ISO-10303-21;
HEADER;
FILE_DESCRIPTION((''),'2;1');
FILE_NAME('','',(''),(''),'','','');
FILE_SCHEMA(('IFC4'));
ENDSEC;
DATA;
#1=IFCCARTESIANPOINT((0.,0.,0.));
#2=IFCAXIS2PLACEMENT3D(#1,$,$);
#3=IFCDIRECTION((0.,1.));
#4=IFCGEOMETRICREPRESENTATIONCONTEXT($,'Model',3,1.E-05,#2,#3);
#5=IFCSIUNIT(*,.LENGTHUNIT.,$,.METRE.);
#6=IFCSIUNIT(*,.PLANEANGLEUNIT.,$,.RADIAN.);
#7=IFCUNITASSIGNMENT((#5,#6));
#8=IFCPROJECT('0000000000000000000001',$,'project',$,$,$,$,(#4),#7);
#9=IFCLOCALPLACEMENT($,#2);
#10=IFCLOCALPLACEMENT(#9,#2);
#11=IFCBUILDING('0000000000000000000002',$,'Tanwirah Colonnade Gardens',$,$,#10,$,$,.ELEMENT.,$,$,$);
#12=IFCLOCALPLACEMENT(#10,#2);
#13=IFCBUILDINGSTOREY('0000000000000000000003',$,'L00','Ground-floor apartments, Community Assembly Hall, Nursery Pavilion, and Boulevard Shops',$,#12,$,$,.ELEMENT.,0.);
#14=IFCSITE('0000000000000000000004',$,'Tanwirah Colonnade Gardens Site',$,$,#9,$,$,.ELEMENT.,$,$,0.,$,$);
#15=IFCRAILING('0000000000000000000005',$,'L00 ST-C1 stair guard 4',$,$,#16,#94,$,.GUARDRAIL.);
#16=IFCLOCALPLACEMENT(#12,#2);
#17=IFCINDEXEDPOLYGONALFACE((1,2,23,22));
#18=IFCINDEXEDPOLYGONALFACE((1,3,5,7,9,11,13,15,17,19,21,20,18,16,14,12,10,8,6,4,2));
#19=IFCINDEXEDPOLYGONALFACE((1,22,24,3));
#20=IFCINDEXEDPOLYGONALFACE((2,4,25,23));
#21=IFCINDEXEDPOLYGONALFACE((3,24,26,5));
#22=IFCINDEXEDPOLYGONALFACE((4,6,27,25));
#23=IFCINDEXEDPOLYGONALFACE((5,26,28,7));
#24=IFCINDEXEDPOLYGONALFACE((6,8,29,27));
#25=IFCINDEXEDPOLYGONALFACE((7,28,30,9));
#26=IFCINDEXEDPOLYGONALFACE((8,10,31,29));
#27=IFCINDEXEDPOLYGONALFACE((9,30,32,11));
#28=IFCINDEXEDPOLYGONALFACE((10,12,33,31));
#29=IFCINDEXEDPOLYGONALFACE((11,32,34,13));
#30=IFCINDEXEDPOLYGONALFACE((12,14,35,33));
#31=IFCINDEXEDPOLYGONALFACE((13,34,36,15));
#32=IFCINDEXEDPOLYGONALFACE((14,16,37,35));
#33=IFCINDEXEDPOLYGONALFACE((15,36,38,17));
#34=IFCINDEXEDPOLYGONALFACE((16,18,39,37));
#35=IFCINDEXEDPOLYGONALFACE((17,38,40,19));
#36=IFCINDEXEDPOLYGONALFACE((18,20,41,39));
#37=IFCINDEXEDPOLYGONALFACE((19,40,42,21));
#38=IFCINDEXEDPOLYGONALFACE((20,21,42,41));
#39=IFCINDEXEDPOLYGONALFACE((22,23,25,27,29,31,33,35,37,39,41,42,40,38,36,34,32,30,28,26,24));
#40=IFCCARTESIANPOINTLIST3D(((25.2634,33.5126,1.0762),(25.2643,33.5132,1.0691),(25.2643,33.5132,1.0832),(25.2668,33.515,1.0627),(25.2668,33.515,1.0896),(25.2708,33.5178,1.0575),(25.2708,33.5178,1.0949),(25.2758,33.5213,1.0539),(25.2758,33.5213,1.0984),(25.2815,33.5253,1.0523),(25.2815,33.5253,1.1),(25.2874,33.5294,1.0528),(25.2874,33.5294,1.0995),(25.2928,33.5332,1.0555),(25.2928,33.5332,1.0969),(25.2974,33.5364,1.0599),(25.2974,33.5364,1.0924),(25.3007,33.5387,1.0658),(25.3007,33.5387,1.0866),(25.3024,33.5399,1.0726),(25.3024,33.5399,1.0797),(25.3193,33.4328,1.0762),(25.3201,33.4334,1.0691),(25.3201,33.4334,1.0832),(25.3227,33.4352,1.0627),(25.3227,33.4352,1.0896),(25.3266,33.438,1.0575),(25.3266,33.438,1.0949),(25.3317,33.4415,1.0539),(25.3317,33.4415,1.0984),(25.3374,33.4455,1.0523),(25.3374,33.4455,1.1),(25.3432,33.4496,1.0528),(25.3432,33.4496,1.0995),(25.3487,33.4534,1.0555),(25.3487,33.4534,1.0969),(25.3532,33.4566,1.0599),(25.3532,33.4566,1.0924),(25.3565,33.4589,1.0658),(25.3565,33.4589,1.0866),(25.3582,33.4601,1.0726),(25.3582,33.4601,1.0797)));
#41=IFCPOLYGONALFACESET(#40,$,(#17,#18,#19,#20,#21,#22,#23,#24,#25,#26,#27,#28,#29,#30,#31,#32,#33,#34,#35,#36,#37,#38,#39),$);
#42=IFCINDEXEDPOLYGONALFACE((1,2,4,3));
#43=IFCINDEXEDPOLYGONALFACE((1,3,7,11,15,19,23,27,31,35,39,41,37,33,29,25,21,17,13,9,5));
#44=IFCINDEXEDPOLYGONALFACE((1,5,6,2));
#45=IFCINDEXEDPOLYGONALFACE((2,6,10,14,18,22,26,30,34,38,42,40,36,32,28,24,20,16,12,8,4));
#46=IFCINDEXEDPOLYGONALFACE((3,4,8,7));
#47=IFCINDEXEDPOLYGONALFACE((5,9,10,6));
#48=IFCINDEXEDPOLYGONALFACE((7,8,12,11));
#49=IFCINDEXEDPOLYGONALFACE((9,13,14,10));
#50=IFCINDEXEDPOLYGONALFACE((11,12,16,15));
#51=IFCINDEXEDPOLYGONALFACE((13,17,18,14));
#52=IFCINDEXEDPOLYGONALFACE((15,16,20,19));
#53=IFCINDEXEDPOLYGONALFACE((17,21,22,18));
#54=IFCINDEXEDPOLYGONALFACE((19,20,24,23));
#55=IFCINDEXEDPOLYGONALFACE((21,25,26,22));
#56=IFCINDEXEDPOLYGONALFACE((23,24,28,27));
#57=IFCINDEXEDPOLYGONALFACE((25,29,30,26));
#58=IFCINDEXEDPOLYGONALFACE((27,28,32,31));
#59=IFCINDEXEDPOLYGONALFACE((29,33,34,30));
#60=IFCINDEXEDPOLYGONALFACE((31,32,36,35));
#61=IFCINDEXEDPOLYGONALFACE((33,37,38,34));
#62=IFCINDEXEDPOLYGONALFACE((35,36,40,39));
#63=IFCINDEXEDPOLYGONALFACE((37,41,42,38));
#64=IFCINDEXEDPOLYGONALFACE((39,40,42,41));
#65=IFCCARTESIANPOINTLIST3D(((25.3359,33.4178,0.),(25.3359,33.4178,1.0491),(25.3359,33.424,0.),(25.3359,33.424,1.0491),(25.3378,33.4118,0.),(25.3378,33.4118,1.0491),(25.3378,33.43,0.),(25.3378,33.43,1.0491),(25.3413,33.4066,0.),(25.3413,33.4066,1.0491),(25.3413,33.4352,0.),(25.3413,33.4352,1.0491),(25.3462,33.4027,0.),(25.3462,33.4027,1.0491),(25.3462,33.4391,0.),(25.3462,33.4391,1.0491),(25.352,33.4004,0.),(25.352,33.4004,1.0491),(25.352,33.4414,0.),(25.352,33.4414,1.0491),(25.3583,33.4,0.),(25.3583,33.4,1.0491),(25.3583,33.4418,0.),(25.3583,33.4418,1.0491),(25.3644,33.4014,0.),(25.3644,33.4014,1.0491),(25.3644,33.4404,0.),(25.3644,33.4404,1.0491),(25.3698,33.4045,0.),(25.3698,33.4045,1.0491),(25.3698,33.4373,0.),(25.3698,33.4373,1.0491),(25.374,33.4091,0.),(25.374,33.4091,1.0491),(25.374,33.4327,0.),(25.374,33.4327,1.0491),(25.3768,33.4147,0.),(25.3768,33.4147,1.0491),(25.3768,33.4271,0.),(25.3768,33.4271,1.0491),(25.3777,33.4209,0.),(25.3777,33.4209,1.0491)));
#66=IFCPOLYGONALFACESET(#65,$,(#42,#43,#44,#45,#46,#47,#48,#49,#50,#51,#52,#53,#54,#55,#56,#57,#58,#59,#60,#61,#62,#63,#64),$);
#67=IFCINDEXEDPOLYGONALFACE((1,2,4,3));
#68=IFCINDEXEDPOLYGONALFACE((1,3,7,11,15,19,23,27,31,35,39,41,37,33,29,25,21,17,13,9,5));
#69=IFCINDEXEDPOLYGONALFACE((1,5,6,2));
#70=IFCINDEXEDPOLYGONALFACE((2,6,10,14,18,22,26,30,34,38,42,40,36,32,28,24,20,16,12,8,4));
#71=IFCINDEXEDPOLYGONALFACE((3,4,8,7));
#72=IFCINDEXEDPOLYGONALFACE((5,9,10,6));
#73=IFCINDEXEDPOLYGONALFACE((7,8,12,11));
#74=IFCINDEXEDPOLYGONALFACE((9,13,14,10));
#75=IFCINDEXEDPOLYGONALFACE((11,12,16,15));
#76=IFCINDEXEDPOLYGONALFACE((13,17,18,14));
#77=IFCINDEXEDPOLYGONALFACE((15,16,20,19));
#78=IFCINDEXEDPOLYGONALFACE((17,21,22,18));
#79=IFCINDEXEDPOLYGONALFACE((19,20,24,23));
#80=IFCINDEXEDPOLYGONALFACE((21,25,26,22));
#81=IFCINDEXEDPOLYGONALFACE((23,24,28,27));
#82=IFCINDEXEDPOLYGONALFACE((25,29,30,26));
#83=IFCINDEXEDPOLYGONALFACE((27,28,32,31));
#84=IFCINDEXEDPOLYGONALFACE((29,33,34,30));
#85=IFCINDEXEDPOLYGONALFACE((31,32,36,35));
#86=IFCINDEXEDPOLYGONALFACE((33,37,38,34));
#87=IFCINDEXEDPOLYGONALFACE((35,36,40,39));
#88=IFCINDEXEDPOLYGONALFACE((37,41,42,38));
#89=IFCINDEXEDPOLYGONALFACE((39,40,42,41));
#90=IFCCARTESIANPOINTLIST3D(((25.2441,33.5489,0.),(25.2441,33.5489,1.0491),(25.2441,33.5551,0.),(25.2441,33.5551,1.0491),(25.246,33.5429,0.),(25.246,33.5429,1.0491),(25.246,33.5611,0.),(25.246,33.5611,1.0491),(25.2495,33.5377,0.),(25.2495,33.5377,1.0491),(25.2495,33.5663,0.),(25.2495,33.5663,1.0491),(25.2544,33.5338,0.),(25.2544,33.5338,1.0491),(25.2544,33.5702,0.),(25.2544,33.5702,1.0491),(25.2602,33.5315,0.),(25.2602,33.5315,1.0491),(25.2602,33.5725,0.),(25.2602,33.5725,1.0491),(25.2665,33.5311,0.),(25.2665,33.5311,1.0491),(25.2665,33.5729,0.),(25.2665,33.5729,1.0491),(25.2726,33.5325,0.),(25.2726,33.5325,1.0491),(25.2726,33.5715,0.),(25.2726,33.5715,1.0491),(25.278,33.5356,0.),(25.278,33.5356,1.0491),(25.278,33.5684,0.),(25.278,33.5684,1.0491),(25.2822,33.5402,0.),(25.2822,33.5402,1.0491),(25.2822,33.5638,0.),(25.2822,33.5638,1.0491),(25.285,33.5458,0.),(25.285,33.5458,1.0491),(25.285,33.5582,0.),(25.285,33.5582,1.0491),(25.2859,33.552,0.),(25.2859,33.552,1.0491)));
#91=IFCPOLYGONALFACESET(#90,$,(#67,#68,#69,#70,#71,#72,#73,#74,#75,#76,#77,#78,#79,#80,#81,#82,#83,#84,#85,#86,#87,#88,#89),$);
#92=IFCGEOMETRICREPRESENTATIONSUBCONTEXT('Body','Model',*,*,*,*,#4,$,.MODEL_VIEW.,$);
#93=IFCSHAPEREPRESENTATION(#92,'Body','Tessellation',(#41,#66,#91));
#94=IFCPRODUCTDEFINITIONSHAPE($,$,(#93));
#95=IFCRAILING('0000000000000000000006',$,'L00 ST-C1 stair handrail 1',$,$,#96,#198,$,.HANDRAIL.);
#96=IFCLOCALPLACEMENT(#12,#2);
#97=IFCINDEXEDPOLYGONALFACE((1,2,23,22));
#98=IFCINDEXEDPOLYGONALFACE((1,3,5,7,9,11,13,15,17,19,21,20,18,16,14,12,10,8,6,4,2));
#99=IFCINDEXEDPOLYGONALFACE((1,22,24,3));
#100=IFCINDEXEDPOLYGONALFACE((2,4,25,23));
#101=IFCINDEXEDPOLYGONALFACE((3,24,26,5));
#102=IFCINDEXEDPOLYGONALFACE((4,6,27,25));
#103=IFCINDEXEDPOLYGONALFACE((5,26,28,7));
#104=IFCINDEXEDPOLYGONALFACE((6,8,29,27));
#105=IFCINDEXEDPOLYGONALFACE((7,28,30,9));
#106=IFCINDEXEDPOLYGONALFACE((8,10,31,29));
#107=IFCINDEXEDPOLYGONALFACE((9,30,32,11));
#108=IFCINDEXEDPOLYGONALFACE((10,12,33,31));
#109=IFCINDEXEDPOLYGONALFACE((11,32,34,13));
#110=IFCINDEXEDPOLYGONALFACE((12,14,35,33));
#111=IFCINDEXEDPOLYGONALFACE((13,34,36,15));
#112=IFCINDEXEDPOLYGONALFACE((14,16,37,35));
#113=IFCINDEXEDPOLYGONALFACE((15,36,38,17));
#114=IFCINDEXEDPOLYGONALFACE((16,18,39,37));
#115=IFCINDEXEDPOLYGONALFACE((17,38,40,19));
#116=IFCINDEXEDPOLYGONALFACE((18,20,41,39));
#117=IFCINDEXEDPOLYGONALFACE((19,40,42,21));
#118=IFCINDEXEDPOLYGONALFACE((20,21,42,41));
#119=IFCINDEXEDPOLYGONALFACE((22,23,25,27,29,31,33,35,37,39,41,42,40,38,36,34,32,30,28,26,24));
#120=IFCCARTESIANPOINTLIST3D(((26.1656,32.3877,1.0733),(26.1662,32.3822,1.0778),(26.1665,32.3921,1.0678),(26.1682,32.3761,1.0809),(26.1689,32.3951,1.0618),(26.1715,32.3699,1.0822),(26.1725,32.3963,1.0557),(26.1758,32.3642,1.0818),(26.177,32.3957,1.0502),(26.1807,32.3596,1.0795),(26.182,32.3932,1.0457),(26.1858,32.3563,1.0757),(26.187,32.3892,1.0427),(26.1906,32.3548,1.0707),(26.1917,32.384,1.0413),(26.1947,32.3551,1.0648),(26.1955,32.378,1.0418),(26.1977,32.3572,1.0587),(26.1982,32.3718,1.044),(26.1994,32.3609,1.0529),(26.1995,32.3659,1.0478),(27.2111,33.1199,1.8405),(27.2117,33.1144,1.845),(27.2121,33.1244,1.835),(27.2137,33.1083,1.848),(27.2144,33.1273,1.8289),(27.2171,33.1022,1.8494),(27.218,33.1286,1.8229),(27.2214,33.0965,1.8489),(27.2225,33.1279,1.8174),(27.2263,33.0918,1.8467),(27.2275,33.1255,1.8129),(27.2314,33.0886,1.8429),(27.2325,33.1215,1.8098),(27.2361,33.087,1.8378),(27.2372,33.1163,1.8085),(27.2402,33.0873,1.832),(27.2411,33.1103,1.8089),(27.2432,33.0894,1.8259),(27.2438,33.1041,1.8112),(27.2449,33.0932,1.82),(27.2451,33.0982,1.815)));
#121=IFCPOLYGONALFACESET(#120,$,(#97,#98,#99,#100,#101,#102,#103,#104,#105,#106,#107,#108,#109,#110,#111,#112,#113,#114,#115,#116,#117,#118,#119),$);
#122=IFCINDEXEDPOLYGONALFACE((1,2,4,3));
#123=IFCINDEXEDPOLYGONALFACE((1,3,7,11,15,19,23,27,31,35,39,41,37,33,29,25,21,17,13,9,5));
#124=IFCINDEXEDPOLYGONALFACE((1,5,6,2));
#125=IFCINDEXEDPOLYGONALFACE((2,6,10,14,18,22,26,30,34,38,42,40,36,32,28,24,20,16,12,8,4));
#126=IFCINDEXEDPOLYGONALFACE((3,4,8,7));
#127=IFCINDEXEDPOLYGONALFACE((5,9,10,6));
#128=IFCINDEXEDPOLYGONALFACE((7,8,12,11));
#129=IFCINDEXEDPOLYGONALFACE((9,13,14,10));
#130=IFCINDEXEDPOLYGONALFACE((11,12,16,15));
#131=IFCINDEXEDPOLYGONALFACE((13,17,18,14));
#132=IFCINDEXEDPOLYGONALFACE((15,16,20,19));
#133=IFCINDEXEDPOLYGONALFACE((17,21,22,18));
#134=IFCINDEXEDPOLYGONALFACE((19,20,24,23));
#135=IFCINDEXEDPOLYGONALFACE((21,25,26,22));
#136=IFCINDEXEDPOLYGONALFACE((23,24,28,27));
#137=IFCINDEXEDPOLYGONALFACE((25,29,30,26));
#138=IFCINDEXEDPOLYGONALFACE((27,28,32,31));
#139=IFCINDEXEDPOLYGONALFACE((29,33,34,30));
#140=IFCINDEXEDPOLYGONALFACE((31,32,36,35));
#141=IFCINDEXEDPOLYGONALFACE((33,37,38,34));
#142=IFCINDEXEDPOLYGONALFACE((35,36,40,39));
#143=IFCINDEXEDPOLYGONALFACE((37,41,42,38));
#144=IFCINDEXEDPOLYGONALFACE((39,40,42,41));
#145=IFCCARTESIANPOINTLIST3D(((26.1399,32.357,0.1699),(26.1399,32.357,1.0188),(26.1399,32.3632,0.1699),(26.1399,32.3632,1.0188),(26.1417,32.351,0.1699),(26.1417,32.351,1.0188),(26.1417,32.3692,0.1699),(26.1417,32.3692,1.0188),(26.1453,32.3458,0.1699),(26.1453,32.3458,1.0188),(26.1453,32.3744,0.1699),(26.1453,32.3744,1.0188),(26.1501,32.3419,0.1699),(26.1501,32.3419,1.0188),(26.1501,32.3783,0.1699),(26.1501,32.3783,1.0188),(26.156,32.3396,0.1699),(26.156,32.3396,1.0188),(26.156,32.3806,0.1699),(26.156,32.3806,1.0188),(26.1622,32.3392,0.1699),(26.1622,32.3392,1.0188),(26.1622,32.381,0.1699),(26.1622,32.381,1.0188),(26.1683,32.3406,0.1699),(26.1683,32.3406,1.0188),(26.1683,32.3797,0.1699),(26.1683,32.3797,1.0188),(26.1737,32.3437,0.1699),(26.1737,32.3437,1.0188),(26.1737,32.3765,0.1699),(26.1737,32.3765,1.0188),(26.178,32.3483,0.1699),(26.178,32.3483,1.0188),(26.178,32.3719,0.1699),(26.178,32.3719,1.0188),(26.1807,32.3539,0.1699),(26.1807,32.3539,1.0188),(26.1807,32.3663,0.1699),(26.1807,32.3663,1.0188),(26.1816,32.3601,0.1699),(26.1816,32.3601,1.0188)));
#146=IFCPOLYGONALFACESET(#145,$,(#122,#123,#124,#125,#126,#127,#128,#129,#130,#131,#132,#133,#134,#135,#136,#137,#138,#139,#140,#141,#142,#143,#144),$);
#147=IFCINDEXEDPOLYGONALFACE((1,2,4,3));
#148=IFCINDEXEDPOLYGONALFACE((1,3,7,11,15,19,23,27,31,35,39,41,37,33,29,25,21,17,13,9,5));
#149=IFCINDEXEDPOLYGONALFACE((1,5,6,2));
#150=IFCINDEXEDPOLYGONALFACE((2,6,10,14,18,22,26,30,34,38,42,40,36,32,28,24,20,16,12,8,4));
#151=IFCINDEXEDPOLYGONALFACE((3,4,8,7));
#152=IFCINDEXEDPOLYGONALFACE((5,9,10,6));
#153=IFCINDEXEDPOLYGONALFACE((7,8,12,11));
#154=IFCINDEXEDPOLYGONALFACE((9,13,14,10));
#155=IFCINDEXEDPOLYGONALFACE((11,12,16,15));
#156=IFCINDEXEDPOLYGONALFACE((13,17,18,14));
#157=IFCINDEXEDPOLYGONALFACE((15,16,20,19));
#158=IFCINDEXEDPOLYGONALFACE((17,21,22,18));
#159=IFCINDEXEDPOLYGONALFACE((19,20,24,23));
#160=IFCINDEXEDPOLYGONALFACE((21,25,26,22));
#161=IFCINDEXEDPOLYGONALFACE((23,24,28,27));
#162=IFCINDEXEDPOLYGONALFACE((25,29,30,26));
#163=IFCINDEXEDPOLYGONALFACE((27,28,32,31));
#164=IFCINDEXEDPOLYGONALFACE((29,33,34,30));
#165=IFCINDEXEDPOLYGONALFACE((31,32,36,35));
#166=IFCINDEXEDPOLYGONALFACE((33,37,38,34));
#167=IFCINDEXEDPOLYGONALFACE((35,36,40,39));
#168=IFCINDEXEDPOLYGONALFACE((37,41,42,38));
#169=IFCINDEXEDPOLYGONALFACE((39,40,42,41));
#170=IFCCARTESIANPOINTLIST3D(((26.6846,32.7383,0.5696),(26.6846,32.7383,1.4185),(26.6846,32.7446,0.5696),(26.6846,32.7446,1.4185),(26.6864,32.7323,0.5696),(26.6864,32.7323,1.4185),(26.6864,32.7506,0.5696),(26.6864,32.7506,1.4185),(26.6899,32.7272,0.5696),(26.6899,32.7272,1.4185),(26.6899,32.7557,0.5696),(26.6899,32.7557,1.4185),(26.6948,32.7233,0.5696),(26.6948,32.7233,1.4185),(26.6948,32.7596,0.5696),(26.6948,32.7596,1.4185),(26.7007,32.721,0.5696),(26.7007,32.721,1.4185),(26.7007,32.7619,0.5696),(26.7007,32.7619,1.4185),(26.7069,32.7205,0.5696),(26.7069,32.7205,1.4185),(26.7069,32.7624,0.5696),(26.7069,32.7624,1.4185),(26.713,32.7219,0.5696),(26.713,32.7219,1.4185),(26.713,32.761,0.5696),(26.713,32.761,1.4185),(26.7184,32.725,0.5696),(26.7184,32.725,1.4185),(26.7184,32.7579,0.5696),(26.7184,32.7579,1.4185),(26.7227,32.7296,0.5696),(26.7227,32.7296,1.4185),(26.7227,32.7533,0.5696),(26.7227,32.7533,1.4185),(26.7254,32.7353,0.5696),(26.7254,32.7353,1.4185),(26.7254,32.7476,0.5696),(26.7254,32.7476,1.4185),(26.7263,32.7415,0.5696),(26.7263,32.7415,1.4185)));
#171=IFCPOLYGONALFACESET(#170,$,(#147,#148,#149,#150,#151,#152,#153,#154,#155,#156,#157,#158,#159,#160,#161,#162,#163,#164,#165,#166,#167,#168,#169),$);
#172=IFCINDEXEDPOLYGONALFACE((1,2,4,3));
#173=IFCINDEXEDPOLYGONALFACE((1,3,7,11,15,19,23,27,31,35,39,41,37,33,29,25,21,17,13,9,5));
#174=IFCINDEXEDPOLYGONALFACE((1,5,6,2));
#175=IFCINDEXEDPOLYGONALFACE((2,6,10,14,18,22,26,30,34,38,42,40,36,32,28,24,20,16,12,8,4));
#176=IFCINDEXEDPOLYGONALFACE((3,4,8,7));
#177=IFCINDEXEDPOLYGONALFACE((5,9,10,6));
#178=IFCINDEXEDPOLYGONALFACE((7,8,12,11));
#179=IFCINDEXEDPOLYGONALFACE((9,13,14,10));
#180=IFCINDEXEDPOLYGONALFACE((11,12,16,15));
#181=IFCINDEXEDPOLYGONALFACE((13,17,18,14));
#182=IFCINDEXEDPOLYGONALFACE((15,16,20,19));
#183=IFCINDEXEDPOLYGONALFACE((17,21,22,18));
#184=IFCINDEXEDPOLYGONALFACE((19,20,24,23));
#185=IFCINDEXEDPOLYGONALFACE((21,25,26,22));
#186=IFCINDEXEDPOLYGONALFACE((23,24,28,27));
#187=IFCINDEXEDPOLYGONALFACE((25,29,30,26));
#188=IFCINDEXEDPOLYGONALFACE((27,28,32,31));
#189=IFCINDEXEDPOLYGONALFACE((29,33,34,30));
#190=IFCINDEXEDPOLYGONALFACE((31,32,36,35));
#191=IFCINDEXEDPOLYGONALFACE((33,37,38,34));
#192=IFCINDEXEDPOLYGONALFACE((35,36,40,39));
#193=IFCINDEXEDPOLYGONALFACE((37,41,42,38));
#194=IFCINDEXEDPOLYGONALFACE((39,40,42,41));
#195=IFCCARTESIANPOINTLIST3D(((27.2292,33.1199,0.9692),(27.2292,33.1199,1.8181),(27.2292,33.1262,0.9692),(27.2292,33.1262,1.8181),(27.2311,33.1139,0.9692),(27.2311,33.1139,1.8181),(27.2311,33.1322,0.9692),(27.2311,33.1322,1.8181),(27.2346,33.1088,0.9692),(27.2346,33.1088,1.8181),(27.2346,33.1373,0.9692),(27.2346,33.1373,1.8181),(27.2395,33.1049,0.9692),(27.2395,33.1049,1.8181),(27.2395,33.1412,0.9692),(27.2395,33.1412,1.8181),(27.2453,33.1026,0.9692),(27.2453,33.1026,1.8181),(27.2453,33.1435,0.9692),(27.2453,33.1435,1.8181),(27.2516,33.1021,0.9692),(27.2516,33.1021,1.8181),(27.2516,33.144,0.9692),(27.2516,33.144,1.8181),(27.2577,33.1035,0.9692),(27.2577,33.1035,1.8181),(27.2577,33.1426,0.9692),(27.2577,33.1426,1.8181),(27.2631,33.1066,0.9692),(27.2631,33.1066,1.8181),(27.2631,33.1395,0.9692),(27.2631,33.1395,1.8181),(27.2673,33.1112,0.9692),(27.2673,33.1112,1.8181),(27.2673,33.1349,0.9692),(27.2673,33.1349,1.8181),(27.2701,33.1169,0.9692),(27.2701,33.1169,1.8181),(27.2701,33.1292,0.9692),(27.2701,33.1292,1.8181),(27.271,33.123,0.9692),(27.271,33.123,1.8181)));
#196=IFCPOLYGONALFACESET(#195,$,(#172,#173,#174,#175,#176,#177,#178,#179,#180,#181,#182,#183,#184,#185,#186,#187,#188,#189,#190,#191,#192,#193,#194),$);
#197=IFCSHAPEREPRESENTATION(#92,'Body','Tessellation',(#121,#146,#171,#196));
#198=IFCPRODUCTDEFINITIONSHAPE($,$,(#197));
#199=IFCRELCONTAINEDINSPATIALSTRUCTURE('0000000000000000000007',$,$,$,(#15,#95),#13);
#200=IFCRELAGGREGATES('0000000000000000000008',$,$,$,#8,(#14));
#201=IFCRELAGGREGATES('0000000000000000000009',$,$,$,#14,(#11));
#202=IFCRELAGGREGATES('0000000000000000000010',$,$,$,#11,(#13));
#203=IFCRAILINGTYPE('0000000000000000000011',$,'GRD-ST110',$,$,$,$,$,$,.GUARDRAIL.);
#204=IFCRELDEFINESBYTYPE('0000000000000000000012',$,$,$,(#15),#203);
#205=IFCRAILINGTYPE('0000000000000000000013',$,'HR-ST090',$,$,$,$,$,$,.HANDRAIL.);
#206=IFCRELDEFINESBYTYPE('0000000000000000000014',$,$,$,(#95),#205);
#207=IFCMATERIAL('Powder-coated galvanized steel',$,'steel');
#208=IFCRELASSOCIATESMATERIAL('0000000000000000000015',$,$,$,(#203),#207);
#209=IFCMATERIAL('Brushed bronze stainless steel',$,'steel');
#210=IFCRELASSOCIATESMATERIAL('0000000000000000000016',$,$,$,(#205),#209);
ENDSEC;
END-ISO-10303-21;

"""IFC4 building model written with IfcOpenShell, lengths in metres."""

from ifc_helpers import new_model, si_unit, direction, frame, origin, origin_2d, place, context, subcontext, project, spatial, circle, extrude, material, type_object, element, save


model = new_model("IFC4")

# Units and contexts
model_context = context("Model", 3, precision=1e-05, world=origin(), true_north=direction((0.0, 1.0)))
body_context = subcontext(model_context, "Body", "Model", "MODEL_VIEW")
ifc_project = project(units=[si_unit("LENGTHUNIT", "METRE"), si_unit("PLANEANGLEUNIT", "RADIAN")], contexts=[model_context])

# Site, building, storey
site_placement = place(None, origin())
site = spatial("IfcSite", under=ifc_project, at=site_placement, Name="Tanwirah Colonnade Gardens Site", CompositionType="ELEMENT", RefElevation=0.0)
building_placement = place(site_placement, origin())
building = spatial("IfcBuilding", under=site, at=building_placement, Name="Tanwirah Colonnade Gardens", CompositionType="ELEMENT")
storey_placement = place(building_placement, origin())
storey = spatial("IfcBuildingStorey", under=building, at=storey_placement, Name="L00", Description="Ground-floor apartments, Community Assembly Hall, Nursery Pavilion, and Boulevard Shops", CompositionType="ELEMENT", Elevation=0.0)

# Railings
ifc_material_1 = material(Name="Powder-coated galvanized steel", Category="steel")
railing_type_1 = type_object("IfcRailingType", Name="GRD-ST110", PredefinedType="GUARDRAIL", material=ifc_material_1)
railing_1_placement = place(storey_placement, frame((25.3567, 33.4209, 0.0)))
element("IfcRailing", 1, at=railing_1_placement, inside=storey, type_object=railing_type_1, Name="L00 ST-C1 stair guard 4", PredefinedType="GUARDRAIL", context=body_context, shape_type="SweptSolid", body=[
    extrude(circle(Radius=0.0239, at=origin_2d()), frame((-0.0178, 0.0256, 1.0762), z_axis=(-0.573565, 0.81916, 0.0), x_axis=(-0.81916, -0.573565, 0.0)), (0.0, 0.0, 1.0), 0.0974),
    extrude(circle(Radius=0.021, at=origin_2d()), origin(), (0.0, 0.0, 1.0), 1.0491),
    extrude(circle(Radius=0.021, at=origin_2d()), frame((-0.0918, 0.1311, 0.0)), (0.0, 0.0, 1.0), 1.0491),
])
ifc_material_2 = material(Name="Brushed bronze stainless steel", Category="steel")
railing_type_2 = type_object("IfcRailingType", Name="HR-ST090", PredefinedType="HANDRAIL", material=ifc_material_2)
railing_2_placement = place(storey_placement, frame((26.1606, 32.3601, 0.1699)))
element("IfcRailing", 2, at=railing_2_placement, inside=storey, type_object=railing_type_2, Name="L00 ST-C1 stair handrail 1", PredefinedType="HANDRAIL", context=body_context, shape_type="SweptSolid", body=[
    extrude(circle(Radius=0.0239, at=origin_2d()), frame((0.022, 0.0154, 0.8918), z_axis=(0.702054, 0.491689, 0.515133), x_axis=(-0.573659, 0.819094, 0.0)), (0.0, 0.0, 1.0), 1.4893),
    extrude(circle(Radius=0.021, at=origin_2d()), origin(), (0.0, 0.0, 1.0), 0.8489),
    extrude(circle(Radius=0.021, at=origin_2d()), frame((0.5447, 0.3813, 0.3997)), (0.0, 0.0, 1.0), 0.8489),
    extrude(circle(Radius=0.021, at=origin_2d()), frame((1.0894, 0.7629, 0.7993)), (0.0, 0.0, 1.0), 0.8489),
])

save(model, "model.ifc")
